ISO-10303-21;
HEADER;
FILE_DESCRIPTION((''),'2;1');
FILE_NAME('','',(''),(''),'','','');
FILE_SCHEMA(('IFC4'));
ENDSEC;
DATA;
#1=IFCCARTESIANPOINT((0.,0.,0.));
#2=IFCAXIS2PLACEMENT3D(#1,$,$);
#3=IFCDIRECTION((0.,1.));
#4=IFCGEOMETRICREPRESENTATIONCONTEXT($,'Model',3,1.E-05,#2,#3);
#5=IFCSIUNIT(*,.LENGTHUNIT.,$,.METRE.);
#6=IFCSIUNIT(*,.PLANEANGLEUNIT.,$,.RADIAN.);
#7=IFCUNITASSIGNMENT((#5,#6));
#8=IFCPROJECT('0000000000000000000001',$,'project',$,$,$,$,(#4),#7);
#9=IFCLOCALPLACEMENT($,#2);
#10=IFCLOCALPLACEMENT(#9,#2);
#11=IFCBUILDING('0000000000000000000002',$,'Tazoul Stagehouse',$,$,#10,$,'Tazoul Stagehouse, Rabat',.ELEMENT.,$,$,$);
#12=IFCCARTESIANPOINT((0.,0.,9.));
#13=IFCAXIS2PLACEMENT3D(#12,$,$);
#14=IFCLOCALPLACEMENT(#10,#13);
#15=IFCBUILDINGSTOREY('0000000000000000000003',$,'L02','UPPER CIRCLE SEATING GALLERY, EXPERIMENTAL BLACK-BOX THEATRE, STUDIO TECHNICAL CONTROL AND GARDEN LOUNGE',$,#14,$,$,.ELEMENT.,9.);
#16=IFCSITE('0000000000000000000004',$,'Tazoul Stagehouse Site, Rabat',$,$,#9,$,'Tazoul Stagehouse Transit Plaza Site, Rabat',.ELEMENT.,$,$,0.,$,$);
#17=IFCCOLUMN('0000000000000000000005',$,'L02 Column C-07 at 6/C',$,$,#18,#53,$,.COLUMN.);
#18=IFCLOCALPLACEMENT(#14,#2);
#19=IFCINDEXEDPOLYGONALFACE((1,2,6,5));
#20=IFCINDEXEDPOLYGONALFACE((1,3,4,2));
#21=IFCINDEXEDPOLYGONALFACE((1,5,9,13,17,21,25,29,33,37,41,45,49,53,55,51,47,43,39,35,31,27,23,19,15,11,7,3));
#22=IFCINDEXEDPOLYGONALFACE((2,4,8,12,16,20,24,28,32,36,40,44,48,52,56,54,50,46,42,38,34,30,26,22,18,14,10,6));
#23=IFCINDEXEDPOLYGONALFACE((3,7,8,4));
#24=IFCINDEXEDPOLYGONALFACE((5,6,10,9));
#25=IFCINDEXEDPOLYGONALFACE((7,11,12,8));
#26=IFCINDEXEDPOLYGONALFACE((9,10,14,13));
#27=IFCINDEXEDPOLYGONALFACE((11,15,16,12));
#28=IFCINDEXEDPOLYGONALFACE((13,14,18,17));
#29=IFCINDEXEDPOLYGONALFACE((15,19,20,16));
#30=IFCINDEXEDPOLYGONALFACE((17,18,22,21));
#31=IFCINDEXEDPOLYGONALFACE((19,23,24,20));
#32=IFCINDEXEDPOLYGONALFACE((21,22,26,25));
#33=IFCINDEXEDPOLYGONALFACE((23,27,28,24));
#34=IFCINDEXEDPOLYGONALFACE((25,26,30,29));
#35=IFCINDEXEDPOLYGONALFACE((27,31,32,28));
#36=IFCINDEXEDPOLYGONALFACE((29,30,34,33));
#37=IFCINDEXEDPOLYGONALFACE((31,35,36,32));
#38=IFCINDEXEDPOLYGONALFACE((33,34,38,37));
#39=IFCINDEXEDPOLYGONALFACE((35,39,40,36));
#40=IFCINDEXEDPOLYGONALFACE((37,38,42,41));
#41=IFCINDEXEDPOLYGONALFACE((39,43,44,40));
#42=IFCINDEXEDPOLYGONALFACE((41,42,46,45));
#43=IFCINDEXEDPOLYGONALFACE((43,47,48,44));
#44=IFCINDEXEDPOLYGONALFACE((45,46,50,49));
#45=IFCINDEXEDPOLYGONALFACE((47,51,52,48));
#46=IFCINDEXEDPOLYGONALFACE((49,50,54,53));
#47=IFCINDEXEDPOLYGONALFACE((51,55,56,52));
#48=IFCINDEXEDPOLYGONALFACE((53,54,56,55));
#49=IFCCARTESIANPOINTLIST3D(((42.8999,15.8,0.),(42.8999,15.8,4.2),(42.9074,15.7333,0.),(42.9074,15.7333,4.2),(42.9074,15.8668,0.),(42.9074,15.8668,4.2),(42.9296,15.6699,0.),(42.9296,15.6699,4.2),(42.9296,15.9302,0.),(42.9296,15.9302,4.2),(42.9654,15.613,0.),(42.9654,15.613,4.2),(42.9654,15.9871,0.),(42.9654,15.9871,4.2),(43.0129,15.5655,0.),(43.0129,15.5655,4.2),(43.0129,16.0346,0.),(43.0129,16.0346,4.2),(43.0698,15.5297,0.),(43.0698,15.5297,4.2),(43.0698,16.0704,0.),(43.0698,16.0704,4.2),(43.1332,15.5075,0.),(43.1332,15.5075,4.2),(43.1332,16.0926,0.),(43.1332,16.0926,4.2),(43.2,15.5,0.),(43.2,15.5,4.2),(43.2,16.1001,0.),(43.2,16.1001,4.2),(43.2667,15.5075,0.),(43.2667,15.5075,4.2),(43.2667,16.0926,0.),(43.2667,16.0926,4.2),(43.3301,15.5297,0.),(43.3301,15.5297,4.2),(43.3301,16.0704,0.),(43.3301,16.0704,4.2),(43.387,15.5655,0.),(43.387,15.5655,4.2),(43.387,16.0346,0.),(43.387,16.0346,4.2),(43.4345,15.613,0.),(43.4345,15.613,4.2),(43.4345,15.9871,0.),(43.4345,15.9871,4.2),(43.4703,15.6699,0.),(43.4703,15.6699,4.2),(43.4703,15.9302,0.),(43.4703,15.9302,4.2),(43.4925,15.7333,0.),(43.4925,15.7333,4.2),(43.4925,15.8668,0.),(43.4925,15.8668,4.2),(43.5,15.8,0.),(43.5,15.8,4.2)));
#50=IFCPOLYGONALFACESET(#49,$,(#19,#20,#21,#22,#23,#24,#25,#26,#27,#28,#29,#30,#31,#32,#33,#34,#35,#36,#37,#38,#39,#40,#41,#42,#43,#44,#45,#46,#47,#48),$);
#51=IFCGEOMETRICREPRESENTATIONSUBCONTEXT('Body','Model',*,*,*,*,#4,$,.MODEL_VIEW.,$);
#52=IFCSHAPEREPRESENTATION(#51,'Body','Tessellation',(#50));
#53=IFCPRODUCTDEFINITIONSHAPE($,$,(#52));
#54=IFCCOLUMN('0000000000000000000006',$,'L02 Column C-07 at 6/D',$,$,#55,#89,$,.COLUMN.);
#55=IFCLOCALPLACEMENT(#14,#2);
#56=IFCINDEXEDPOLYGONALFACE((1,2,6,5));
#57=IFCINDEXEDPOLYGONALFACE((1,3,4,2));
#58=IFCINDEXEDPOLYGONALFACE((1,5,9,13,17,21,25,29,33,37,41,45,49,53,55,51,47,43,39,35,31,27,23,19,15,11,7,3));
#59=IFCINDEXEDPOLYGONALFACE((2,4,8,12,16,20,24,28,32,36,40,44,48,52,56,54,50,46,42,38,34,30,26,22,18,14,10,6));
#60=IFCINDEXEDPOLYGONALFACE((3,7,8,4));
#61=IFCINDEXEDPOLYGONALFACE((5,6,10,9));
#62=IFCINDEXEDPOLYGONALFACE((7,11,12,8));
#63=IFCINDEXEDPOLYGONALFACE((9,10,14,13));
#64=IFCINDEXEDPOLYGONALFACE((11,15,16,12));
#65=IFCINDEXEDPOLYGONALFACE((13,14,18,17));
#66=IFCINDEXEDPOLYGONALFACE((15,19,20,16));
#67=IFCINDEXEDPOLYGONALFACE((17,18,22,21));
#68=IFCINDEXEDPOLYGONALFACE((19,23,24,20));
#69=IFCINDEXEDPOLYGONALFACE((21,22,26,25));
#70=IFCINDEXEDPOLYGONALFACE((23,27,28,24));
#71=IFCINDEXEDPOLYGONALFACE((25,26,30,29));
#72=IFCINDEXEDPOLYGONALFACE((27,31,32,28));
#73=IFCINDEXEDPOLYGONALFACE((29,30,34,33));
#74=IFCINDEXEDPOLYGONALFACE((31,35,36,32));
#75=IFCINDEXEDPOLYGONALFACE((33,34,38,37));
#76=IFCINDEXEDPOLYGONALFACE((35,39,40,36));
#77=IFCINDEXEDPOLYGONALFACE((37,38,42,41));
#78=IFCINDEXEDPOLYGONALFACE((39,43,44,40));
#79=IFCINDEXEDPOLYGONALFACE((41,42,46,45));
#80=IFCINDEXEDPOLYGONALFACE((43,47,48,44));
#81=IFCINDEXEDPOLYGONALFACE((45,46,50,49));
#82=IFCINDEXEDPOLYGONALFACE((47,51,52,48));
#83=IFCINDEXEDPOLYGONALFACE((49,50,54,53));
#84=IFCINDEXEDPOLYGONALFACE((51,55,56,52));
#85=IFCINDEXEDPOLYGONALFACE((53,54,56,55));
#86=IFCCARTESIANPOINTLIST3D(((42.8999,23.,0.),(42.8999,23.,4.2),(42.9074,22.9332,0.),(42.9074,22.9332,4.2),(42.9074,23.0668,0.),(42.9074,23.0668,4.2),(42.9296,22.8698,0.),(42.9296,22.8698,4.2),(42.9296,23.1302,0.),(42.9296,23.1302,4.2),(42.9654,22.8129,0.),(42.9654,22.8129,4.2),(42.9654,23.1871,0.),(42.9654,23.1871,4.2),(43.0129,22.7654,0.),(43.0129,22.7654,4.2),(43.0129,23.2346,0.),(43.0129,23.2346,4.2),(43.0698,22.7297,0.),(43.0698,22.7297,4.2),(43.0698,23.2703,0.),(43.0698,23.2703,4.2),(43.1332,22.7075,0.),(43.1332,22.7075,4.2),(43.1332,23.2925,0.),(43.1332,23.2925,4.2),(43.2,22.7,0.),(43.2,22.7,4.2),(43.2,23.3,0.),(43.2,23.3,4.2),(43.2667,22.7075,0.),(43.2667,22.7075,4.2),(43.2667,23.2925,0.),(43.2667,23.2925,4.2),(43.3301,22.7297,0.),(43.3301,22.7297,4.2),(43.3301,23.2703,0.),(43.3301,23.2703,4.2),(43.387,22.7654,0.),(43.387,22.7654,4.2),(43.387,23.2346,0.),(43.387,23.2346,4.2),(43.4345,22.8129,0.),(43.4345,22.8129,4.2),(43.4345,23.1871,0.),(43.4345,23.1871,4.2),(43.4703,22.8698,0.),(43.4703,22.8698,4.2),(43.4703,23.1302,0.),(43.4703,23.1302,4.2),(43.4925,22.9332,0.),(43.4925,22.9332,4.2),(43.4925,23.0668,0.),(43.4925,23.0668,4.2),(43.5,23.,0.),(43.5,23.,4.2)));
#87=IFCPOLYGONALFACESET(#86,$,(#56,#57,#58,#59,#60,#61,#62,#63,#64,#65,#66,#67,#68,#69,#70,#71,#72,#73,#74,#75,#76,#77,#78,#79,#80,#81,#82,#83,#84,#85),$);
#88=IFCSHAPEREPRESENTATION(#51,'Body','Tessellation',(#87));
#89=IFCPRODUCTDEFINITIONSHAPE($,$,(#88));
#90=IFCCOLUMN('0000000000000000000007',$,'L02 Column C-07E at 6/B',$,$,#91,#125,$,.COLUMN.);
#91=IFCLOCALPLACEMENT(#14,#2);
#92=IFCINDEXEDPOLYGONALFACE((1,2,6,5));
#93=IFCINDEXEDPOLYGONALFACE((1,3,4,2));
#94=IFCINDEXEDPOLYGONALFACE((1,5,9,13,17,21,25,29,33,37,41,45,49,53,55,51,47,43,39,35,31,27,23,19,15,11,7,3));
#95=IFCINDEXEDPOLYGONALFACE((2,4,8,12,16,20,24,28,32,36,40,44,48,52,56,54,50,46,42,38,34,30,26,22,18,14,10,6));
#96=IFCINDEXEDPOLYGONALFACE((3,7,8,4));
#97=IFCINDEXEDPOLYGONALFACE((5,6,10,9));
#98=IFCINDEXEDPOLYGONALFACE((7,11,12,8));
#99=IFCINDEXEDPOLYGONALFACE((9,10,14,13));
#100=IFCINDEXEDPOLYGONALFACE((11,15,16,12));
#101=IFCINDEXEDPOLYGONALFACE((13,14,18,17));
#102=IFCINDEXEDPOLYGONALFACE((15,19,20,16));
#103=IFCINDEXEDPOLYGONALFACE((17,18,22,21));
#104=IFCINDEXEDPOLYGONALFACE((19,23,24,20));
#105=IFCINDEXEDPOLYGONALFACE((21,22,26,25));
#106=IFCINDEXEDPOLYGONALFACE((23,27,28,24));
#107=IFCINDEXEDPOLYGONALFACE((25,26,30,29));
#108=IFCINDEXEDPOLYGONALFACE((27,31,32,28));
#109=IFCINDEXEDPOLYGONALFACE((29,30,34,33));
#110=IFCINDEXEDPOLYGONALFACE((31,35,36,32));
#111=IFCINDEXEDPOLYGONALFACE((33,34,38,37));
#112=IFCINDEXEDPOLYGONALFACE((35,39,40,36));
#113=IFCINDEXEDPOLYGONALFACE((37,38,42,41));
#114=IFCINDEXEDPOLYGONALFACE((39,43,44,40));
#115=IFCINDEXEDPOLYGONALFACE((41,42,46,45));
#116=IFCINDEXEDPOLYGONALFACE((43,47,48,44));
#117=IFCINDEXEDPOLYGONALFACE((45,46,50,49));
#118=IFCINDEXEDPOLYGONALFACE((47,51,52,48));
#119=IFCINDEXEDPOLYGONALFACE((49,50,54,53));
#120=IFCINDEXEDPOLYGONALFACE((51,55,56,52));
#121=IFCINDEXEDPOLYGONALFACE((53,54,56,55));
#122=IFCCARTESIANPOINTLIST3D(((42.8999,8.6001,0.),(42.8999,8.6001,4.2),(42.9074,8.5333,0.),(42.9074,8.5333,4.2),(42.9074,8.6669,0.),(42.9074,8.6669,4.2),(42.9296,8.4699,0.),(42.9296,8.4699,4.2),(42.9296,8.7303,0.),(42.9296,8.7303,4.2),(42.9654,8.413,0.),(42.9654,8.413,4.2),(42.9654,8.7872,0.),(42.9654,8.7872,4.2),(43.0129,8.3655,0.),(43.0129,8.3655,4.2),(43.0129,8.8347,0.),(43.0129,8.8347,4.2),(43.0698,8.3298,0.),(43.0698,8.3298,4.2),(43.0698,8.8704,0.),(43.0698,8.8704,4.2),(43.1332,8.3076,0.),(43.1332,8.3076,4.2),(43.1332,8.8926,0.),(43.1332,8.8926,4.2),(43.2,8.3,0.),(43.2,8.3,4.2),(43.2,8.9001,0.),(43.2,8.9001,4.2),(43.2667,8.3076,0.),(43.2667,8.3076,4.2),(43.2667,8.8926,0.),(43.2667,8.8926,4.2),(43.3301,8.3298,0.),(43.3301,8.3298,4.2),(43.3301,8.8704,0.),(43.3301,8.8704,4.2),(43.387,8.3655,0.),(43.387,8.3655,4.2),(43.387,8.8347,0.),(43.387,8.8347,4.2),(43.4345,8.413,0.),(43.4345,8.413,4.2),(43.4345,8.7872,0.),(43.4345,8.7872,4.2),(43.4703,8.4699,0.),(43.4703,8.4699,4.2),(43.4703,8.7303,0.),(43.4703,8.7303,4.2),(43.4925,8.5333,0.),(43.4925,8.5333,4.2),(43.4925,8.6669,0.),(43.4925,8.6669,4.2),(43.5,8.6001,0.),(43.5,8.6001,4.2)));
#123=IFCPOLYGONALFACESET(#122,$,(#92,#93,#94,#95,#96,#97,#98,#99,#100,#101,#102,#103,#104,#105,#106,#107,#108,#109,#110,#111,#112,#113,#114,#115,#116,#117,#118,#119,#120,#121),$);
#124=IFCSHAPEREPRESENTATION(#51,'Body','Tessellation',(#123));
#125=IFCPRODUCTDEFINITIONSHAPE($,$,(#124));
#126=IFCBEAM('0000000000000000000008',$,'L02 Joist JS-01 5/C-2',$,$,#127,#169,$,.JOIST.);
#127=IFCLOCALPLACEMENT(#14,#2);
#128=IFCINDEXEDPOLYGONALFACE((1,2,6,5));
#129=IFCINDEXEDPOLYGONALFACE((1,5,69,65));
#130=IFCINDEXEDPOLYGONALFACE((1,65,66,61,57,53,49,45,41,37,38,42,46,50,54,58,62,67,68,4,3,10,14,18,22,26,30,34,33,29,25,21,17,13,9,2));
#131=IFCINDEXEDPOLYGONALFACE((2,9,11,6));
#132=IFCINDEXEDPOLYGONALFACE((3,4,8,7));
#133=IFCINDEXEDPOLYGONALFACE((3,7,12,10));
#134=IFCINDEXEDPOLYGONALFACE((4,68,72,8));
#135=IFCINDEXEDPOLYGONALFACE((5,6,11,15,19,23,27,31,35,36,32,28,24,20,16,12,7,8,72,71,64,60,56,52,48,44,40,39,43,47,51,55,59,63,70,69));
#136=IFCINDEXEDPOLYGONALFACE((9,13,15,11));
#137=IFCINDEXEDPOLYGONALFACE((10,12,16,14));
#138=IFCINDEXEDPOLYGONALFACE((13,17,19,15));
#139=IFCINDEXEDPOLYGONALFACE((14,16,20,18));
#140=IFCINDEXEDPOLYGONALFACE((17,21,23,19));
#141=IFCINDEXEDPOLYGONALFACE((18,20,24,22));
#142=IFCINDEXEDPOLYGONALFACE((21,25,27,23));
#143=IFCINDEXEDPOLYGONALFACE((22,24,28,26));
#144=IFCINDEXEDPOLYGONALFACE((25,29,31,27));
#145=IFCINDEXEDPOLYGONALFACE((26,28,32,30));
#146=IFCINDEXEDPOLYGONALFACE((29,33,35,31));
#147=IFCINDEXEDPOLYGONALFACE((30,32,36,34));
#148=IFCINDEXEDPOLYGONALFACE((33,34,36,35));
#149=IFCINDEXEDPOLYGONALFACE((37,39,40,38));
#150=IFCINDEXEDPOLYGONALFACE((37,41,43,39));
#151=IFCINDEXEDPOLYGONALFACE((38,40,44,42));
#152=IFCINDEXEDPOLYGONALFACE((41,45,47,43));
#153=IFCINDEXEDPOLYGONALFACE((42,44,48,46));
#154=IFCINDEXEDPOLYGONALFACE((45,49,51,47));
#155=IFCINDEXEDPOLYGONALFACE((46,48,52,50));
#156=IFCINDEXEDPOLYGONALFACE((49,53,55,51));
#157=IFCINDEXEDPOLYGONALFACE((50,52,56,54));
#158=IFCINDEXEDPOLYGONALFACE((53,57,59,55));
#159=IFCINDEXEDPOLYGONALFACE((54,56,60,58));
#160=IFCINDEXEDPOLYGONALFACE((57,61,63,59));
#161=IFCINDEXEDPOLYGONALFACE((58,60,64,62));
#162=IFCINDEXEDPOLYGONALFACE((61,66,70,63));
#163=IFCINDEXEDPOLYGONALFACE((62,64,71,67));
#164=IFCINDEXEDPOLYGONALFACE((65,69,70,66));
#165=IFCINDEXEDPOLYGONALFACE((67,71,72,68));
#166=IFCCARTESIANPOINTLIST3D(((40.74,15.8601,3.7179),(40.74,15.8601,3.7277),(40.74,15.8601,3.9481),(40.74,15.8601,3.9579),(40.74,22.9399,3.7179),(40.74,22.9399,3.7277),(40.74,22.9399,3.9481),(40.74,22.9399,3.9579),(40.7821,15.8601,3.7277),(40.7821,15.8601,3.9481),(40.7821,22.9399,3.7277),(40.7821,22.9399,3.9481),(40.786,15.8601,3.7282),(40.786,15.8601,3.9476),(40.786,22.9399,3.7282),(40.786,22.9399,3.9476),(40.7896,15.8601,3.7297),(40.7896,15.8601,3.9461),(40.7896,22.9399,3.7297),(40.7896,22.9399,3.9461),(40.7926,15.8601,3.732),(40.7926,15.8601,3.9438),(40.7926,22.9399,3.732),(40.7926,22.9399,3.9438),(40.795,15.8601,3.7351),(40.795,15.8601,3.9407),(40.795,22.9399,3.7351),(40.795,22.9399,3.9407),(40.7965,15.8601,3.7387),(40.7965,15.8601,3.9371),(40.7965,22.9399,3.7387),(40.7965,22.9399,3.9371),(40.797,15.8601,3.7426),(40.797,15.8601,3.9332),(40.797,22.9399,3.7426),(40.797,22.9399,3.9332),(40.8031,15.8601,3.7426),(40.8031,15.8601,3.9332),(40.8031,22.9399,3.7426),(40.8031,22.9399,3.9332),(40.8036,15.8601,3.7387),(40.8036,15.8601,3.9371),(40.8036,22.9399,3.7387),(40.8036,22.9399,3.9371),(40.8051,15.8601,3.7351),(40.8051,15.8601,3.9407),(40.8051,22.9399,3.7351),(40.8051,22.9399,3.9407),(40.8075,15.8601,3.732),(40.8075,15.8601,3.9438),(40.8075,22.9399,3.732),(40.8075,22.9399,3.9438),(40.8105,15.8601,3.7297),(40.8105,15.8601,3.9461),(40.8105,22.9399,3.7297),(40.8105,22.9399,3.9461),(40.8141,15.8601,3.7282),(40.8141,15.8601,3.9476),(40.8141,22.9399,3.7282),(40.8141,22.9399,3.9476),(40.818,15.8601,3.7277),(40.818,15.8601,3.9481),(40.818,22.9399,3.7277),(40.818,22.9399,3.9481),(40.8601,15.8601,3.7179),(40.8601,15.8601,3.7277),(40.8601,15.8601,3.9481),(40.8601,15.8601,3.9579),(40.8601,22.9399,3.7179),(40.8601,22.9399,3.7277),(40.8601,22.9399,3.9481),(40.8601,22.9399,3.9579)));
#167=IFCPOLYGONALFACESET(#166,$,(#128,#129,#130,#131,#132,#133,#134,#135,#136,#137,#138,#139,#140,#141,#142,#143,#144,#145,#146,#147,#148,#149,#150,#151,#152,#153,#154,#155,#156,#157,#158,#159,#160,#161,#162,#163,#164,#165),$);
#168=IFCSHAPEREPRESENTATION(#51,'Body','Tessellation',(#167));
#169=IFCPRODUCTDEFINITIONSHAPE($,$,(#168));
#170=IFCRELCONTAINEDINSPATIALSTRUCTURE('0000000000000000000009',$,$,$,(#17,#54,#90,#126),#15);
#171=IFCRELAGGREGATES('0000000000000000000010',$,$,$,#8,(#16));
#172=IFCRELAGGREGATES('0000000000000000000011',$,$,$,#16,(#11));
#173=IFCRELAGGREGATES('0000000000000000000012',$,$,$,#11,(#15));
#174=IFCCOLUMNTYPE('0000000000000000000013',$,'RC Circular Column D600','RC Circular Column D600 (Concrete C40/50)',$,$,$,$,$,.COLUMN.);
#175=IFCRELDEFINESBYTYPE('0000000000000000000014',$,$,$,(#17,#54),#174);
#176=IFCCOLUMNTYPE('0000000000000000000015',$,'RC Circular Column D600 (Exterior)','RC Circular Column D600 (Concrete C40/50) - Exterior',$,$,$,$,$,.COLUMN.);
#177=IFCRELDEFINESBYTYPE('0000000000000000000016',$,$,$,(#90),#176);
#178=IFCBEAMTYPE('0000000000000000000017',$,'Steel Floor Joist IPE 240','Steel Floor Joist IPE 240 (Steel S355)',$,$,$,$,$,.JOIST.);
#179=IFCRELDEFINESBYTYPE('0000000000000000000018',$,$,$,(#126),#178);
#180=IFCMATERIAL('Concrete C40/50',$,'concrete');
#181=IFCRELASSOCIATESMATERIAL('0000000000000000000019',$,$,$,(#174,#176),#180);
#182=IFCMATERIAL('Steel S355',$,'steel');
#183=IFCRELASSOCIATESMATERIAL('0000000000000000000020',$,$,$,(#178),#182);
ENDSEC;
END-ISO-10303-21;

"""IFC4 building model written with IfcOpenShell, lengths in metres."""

from ifc_helpers import new_model, si_unit, direction, frame, origin, origin_2d, place, context, subcontext, project, spatial, circle, i_section, extrude, material, material_profile, profile_set, type_object, element, save


model = new_model("IFC4")

# Units and contexts
model_context = context("Model", 3, precision=1e-05, world=origin(), true_north=direction((0.0, 1.0)))
body_context = subcontext(model_context, "Body", "Model", "MODEL_VIEW")
ifc_project = project(units=[si_unit("LENGTHUNIT", "METRE"), si_unit("PLANEANGLEUNIT", "RADIAN")], contexts=[model_context])

# Site, building, storey
site_placement = place(None, origin())
site = spatial("IfcSite", under=ifc_project, at=site_placement, Name="Tazoul Stagehouse Site, Rabat", LongName="Tazoul Stagehouse Transit Plaza Site, Rabat", CompositionType="ELEMENT", RefElevation=0.0)
building_placement = place(site_placement, origin())
building = spatial("IfcBuilding", under=site, at=building_placement, Name="Tazoul Stagehouse", LongName="Tazoul Stagehouse, Rabat", CompositionType="ELEMENT")
storey_placement = place(building_placement, frame((0.0, 0.0, 9.0)))
storey = spatial("IfcBuildingStorey", under=building, at=storey_placement, Name="L02", Description="UPPER CIRCLE SEATING GALLERY, EXPERIMENTAL BLACK-BOX THEATRE, STUDIO TECHNICAL CONTROL AND GARDEN LOUNGE", CompositionType="ELEMENT", Elevation=9.0)

# Columns
ifc_material_1 = material(Name="Concrete C40/50", Category="concrete")
ifc_material_profile_1 = material_profile(ifc_material_1, circle(Radius=0.3, at=origin_2d()), Name="RC D600")
ifc_profile_set_1 = profile_set([ifc_material_profile_1], Name="Concrete C40/50")
column_type_1 = type_object("IfcColumnType", Name="RC Circular Column D600", Description="RC Circular Column D600 (Concrete C40/50)", PredefinedType="COLUMN", material=ifc_profile_set_1)
for number, where, z_axis, x_axis, name in (
    (1, (43.2, 15.8, 0.0), (0.0, 0.0, 1.0), (1.0, 0.0, 0.0), "L02 Column C-07 at 6/C"),
    (2, (43.2, 23.0, 0.0), (0.0, 0.0, 1.0), (1.0, 0.0, 0.0), "L02 Column C-07 at 6/D"),
):
    element("IfcColumn", number, at=place(storey_placement, frame(where, z_axis=z_axis, x_axis=x_axis)), inside=storey, type_object=column_type_1, Name=name, PredefinedType="COLUMN", context=body_context, shape_type="SweptSolid", body=[
        extrude(circle(Radius=0.3, at=origin_2d()), origin(), (0.0, 0.0, 1.0), 4.2),
    ])
ifc_material_profile_2 = material_profile(ifc_material_1, circle(Radius=0.3, at=origin_2d()), Name="RC D600")
ifc_profile_set_2 = profile_set([ifc_material_profile_2], Name="Concrete C40/50")
column_type_2 = type_object("IfcColumnType", Name="RC Circular Column D600 (Exterior)", Description="RC Circular Column D600 (Concrete C40/50) - Exterior", PredefinedType="COLUMN", material=ifc_profile_set_2)
column_placement = place(storey_placement, frame((43.2, 8.6001, 0.0), z_axis=(0.0, 0.0, 1.0), x_axis=(1.0, 0.0, 0.0)))
element("IfcColumn", 3, at=column_placement, inside=storey, type_object=column_type_2, Name="L02 Column C-07E at 6/B", PredefinedType="COLUMN", context=body_context, shape_type="SweptSolid", body=[
    extrude(circle(Radius=0.3, at=origin_2d()), origin(), (0.0, 0.0, 1.0), 4.2),
])

# Beam
ifc_material_2 = material(Name="Steel S355", Category="steel")
ifc_material_profile_3 = material_profile(ifc_material_2, i_section(OverallWidth=0.1201, OverallDepth=0.24, WebThickness=0.0061, FlangeThickness=0.0098, FilletRadius=0.0149, at=origin_2d()), Name="IPE 240")
ifc_profile_set_3 = profile_set([ifc_material_profile_3], Name="Steel S355")
beam_type_1 = type_object("IfcBeamType", Name="Steel Floor Joist IPE 240", Description="Steel Floor Joist IPE 240 (Steel S355)", PredefinedType="JOIST", material=ifc_profile_set_3)
for number, where, z_axis, x_axis, name in (
    (4, (40.8, 15.8601, 3.8379), (0.0, 1.0, 0.0), (-1.0, 0.0, 0.0), "L02 Joist JS-01 5/C-2"),
):
    element("IfcBeam", number, at=place(storey_placement, frame(where, z_axis=z_axis, x_axis=x_axis)), inside=storey, type_object=beam_type_1, Name=name, PredefinedType="JOIST", context=body_context, shape_type="SweptSolid", body=[
        extrude(i_section(OverallWidth=0.1201, OverallDepth=0.24, WebThickness=0.0061, FlangeThickness=0.0098, FilletRadius=0.0149, at=origin_2d()), origin(), (0.0, 0.0, 1.0), 7.0798),
    ])

save(model, "model.ifc")
